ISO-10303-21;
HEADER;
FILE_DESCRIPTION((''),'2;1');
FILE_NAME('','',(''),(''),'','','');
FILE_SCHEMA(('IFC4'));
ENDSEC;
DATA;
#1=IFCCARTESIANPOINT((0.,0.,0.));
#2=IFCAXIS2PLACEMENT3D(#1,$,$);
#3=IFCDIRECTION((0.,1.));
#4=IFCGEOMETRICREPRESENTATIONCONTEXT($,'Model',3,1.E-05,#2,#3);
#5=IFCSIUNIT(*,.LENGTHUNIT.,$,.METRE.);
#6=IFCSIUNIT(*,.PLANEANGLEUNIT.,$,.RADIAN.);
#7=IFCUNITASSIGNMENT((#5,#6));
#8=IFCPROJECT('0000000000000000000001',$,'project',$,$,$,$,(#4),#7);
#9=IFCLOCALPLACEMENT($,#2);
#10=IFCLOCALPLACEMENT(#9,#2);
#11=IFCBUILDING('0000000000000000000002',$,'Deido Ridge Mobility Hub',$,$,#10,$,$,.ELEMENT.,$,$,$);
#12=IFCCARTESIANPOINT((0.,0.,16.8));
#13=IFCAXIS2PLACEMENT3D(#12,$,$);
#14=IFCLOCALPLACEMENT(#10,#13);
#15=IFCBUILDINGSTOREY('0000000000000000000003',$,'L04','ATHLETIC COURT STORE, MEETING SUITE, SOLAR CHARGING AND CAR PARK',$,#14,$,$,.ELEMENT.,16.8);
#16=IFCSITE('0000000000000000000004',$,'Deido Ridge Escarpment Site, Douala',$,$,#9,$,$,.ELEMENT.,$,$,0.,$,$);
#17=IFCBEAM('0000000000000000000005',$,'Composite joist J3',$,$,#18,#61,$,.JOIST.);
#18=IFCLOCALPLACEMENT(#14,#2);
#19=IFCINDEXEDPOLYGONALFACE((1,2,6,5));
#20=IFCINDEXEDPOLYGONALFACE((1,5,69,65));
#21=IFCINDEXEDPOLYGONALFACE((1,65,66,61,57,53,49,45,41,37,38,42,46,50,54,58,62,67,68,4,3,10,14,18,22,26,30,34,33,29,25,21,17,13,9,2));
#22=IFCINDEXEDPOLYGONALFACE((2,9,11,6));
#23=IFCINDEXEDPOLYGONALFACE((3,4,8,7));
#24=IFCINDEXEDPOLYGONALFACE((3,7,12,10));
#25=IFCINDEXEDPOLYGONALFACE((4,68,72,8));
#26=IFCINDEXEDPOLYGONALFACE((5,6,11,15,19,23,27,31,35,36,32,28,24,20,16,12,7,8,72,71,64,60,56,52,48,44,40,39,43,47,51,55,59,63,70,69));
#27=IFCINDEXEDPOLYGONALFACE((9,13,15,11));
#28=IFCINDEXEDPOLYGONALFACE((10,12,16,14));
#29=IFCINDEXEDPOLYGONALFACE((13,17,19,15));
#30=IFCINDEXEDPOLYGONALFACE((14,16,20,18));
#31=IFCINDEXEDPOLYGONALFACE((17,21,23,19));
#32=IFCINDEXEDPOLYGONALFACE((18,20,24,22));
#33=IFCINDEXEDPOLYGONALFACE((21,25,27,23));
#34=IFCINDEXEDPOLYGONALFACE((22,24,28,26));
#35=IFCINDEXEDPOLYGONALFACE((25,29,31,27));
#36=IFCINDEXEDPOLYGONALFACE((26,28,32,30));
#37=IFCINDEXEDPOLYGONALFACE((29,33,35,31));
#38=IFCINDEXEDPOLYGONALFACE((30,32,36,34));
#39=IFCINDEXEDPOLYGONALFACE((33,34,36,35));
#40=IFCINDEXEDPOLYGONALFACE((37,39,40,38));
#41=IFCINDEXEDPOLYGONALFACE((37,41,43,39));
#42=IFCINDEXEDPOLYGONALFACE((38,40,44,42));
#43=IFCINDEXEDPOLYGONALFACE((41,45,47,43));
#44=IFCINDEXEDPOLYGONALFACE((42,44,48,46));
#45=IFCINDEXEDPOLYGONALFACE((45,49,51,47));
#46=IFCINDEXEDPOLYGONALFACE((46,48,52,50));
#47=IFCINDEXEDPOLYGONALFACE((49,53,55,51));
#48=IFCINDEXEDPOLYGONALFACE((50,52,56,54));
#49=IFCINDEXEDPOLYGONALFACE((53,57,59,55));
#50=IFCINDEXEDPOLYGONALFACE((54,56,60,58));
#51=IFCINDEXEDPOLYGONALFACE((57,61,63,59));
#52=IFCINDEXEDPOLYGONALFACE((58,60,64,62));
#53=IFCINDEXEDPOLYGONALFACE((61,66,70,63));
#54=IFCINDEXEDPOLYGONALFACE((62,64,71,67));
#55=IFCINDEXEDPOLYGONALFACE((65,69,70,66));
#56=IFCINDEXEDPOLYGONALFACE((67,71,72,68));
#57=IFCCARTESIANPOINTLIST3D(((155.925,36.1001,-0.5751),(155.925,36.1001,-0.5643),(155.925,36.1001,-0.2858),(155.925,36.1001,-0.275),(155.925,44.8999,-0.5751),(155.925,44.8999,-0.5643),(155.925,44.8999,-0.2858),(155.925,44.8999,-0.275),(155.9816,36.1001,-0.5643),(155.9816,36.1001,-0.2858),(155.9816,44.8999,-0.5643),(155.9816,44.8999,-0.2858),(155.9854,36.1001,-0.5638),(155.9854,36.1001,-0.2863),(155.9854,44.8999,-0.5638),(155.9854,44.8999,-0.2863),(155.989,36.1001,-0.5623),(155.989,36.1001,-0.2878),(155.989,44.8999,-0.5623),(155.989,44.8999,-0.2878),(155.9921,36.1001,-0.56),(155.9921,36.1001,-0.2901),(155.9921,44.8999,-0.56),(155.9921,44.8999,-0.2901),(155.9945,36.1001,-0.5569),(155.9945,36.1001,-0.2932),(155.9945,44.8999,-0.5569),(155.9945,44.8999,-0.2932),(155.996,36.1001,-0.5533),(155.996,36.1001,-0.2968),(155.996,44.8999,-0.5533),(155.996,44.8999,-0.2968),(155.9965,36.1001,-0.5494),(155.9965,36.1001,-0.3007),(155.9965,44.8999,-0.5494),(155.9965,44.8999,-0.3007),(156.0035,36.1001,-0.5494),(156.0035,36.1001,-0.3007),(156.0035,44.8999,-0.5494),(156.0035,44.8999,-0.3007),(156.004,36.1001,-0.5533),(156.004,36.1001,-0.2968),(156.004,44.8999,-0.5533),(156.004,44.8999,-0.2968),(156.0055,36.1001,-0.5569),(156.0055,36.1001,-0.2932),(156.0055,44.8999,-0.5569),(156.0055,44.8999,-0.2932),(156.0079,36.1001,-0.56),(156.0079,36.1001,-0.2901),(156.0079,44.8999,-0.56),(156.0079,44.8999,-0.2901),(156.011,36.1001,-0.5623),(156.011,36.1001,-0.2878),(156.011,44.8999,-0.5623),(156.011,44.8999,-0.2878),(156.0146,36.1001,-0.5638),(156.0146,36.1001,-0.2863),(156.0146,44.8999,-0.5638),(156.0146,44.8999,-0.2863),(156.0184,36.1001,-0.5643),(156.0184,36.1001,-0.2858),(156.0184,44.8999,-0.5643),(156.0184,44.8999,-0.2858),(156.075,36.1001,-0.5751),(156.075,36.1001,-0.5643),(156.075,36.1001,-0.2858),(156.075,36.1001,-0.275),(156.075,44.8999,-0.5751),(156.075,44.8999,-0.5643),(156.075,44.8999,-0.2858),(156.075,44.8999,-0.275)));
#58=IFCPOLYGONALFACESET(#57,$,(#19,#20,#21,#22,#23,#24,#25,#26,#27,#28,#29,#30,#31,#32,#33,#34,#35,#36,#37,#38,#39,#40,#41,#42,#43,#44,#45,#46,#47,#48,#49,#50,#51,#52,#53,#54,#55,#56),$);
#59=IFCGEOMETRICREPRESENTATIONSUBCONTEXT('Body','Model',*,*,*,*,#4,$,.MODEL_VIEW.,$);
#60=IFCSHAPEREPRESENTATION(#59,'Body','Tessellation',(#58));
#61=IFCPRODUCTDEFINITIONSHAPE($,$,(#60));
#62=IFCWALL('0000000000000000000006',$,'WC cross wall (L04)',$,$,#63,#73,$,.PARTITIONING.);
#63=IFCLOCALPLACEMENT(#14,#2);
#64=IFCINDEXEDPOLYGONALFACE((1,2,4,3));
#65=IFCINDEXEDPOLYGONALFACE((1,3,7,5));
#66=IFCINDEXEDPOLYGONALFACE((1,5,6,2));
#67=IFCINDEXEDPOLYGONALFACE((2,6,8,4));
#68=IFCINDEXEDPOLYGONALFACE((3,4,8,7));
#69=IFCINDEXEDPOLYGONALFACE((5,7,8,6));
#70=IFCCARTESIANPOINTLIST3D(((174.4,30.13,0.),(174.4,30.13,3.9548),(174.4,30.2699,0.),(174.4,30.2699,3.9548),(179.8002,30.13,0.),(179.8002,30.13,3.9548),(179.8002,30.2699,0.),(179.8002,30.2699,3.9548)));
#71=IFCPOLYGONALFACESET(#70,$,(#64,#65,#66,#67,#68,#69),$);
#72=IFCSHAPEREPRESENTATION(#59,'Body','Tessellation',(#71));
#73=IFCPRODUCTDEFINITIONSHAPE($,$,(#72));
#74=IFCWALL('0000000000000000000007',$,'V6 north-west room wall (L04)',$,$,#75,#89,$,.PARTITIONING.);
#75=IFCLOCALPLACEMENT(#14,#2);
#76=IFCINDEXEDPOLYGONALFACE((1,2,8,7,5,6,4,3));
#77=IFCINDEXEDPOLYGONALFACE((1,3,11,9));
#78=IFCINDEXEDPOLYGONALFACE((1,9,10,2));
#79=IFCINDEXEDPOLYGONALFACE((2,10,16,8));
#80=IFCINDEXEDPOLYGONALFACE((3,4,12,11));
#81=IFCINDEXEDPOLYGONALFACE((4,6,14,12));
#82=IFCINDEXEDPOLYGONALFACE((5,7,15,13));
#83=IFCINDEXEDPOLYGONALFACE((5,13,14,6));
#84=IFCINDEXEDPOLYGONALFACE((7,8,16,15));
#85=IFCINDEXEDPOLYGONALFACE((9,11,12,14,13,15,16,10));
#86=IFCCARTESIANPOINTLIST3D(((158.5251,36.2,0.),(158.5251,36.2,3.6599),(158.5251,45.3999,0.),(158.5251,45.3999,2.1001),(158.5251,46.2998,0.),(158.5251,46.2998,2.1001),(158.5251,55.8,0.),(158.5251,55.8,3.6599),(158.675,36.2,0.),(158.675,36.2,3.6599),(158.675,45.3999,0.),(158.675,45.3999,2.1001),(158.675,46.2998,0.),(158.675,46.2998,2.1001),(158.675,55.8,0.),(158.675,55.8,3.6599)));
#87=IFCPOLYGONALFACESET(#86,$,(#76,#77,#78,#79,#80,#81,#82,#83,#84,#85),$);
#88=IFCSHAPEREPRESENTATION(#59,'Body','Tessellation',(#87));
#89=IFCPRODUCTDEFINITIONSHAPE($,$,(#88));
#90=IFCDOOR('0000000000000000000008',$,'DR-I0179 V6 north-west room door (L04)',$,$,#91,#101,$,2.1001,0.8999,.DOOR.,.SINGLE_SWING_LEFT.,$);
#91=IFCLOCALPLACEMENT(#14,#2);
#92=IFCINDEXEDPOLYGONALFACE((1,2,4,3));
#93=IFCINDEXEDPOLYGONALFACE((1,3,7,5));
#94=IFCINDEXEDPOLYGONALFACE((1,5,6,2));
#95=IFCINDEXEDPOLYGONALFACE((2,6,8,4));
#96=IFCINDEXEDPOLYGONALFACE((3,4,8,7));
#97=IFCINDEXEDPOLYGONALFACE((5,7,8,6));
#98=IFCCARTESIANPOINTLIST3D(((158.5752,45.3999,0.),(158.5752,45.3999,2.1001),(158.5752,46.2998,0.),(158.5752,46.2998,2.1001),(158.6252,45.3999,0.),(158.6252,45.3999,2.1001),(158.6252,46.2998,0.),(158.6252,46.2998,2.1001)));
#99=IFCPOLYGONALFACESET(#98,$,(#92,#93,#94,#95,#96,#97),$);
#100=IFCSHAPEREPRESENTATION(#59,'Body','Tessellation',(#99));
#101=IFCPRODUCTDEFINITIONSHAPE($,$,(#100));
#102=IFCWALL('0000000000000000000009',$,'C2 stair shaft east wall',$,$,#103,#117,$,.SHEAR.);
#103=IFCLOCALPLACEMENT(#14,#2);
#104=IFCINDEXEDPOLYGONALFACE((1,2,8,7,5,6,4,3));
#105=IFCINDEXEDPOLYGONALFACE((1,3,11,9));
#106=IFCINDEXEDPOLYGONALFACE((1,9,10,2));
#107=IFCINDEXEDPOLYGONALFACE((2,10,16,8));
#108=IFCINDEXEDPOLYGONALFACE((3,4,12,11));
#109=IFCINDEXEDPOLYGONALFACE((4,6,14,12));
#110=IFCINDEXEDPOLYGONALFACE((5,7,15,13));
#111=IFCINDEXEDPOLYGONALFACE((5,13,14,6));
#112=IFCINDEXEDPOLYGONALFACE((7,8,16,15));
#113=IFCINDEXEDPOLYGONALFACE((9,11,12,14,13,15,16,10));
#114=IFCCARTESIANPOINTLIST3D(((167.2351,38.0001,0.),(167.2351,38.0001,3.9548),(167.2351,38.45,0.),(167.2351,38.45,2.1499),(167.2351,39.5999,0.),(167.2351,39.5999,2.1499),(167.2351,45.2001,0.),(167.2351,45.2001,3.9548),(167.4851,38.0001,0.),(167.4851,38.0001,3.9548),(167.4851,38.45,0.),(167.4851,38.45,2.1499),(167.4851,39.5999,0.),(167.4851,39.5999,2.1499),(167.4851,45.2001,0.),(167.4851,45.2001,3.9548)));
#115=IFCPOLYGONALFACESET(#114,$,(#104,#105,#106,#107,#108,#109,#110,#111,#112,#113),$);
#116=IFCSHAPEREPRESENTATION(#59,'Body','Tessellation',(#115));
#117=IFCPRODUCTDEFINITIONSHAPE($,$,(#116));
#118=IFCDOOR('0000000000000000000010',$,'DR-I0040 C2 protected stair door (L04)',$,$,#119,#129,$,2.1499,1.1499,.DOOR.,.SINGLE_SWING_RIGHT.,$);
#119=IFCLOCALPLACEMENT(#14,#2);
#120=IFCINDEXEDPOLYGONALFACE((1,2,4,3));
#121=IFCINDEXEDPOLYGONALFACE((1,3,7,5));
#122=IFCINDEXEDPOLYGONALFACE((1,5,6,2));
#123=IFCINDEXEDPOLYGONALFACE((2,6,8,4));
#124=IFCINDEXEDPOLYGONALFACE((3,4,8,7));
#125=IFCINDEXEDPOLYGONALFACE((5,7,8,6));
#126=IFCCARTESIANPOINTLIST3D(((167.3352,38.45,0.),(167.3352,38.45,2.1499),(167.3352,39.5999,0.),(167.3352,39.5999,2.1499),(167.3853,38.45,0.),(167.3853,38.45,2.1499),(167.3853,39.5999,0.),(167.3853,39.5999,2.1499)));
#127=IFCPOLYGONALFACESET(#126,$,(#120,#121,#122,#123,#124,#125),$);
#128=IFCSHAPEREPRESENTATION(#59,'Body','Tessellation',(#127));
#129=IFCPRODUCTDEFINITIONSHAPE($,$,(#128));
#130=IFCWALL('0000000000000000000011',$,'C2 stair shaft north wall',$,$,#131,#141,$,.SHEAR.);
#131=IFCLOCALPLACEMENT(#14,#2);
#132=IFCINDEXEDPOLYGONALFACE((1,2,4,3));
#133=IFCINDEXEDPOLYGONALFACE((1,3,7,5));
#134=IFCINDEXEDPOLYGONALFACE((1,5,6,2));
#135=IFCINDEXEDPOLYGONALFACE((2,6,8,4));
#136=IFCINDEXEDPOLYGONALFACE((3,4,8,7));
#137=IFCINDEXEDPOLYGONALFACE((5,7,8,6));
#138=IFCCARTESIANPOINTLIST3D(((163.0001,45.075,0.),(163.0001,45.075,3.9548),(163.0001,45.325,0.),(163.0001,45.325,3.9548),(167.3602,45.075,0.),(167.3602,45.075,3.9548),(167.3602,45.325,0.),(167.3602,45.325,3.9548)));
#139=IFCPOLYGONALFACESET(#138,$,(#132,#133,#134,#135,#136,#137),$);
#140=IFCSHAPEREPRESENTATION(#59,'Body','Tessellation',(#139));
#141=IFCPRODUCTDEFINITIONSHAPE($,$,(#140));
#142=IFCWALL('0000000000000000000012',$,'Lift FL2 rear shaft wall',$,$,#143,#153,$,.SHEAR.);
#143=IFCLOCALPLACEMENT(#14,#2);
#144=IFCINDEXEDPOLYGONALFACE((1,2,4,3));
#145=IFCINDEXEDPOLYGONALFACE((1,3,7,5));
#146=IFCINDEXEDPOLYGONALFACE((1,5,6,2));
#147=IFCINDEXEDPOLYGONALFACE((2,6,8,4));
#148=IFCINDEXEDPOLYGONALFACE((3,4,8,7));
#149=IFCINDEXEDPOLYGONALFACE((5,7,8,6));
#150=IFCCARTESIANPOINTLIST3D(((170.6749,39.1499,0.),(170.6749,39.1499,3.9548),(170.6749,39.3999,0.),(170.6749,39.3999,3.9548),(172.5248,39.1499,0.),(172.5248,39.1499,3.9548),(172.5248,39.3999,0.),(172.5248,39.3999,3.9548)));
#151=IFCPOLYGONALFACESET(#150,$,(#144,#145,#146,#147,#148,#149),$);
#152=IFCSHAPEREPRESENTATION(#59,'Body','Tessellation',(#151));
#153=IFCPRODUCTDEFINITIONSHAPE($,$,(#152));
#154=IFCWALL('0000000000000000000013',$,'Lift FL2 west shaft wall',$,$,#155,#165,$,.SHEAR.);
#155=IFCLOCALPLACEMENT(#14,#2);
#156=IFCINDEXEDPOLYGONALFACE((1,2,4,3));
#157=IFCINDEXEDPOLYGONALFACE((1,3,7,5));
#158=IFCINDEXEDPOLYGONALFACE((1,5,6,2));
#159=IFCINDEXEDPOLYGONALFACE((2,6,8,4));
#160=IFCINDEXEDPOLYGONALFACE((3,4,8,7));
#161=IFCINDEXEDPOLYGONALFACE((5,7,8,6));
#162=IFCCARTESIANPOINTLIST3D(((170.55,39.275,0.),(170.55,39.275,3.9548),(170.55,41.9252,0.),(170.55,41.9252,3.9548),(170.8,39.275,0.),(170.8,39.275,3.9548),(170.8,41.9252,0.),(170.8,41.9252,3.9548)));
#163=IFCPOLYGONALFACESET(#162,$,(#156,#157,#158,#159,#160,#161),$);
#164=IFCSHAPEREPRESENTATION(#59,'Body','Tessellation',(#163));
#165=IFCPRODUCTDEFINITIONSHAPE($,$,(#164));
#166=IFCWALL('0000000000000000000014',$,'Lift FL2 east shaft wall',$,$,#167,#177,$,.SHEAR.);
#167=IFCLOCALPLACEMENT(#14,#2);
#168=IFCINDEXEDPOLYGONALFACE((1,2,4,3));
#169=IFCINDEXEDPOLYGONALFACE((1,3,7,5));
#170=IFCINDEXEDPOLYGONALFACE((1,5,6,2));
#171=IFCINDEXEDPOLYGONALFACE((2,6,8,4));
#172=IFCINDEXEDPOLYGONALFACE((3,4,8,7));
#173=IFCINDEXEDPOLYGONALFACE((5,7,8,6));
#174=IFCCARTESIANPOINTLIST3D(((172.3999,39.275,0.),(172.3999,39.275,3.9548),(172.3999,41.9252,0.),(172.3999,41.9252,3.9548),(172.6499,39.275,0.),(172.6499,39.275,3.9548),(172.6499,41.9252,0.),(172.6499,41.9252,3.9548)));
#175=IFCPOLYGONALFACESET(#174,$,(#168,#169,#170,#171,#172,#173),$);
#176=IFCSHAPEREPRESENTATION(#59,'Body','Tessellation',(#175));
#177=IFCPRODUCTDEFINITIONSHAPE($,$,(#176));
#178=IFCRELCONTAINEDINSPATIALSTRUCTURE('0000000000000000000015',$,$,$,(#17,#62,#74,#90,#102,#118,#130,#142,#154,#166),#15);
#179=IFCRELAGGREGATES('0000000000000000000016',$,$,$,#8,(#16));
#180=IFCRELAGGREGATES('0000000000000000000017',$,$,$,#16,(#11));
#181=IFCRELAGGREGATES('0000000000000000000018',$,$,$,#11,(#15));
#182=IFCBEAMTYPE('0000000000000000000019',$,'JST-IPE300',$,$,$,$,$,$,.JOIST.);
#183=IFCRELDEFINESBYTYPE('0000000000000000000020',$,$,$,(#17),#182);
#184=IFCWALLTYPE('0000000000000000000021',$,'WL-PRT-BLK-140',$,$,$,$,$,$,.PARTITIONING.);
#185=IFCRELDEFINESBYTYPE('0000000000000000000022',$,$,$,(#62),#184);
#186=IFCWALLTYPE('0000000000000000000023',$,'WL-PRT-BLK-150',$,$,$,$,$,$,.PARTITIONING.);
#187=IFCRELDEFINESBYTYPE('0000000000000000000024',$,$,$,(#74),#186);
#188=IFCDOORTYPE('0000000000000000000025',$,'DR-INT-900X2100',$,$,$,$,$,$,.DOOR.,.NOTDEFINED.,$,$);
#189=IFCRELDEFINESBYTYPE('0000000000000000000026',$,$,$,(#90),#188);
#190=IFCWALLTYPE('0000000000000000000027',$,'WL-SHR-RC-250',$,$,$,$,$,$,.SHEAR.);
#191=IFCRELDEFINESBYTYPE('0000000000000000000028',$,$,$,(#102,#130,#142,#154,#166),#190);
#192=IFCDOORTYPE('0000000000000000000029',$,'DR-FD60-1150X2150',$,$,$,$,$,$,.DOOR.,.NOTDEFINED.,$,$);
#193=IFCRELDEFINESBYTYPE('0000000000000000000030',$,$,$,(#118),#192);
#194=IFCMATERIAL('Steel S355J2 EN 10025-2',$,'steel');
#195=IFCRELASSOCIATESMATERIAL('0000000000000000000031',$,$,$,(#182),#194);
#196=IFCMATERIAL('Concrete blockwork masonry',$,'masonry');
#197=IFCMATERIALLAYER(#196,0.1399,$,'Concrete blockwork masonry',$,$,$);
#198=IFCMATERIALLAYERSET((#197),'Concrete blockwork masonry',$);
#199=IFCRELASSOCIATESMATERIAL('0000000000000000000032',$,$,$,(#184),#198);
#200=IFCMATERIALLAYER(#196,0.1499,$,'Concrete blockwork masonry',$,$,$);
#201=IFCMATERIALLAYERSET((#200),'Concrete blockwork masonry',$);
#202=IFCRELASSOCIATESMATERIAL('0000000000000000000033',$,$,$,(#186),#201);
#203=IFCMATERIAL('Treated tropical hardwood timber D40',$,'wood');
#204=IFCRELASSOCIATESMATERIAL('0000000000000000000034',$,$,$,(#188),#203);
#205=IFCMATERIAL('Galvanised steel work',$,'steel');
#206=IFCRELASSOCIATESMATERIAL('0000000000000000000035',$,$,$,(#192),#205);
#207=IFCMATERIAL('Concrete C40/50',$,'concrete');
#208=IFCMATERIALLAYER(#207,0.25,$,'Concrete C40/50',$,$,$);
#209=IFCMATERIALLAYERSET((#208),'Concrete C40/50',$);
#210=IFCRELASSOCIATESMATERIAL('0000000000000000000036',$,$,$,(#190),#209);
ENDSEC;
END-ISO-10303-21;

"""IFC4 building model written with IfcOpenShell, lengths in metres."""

from ifc_helpers import new_model, si_unit, direction, frame, frame_2d, origin, origin_2d, place, context, subcontext, project, spatial, rectangle, i_section, extrude, material, layer, layer_set, material_profile, profile_set, type_object, element, fill, save


model = new_model("IFC4")

# Units and contexts
model_context = context("Model", 3, precision=1e-05, world=origin(), true_north=direction((0.0, 1.0)))
body_context = subcontext(model_context, "Body", "Model", "MODEL_VIEW")
ifc_project = project(units=[si_unit("LENGTHUNIT", "METRE"), si_unit("PLANEANGLEUNIT", "RADIAN")], contexts=[model_context])

# Site, building, storey
site_placement = place(None, origin())
site = spatial("IfcSite", under=ifc_project, at=site_placement, Name="Deido Ridge Escarpment Site, Douala", CompositionType="ELEMENT", RefElevation=0.0)
building_placement = place(site_placement, origin())
building = spatial("IfcBuilding", under=site, at=building_placement, Name="Deido Ridge Mobility Hub", CompositionType="ELEMENT")
storey_placement = place(building_placement, frame((0.0, 0.0, 16.8)))
storey = spatial("IfcBuildingStorey", under=building, at=storey_placement, Name="L04", Description="ATHLETIC COURT STORE, MEETING SUITE, SOLAR CHARGING AND CAR PARK", CompositionType="ELEMENT", Elevation=16.8)

# Shared definitions
ifc_material_1 = material(Name="Steel S355J2 EN 10025-2", Category="steel")

# Beam
ifc_material_profile_1 = material_profile(ifc_material_1, i_section(OverallWidth=0.1499, OverallDepth=0.3, WebThickness=0.0071, FlangeThickness=0.0107, FilletRadius=0.0149, at=origin_2d()), Name="IPE 300")
ifc_profile_set_1 = profile_set([ifc_material_profile_1], Name="Steel S355J2 EN 10025-2")
beam_type_1 = type_object("IfcBeamType", Name="JST-IPE300", PredefinedType="JOIST", material=ifc_profile_set_1)
beam_1_placement = place(storey_placement, frame((156.0, 36.1001, -0.425), z_axis=(0.0, 1.0, 0.0), x_axis=(-1.0, 0.0, 0.0)))
element("IfcBeam", 1, at=beam_1_placement, inside=storey, type_object=beam_type_1, Name="Composite joist J3", PredefinedType="JOIST", context=body_context, shape_type="SweptSolid", body=[
    extrude(i_section(OverallWidth=0.1499, OverallDepth=0.3, WebThickness=0.0071, FlangeThickness=0.0107, FilletRadius=0.0149, at=origin_2d()), origin(), (0.0, 0.0, 1.0), 8.7998),
])

# Wall
ifc_material_2 = material(Name="Concrete blockwork masonry", Category="masonry")
ifc_layer_1 = layer(ifc_material_2, 0.1399, Name="Concrete blockwork masonry")
ifc_layer_set_1 = layer_set([ifc_layer_1], Name="Concrete blockwork masonry")
wall_type_1 = type_object("IfcWallType", Name="WL-PRT-BLK-140", PredefinedType="PARTITIONING", material=ifc_layer_set_1)
wall_1_placement = place(storey_placement, frame((174.3999, 30.2, 0.0), z_axis=(0.0, 0.0, 1.0), x_axis=(1.0, 0.0, 0.0)))
element("IfcWall", 2, at=wall_1_placement, inside=storey, type_object=wall_type_1, Name="WC cross wall (L04)", PredefinedType="PARTITIONING", context=body_context, shape_type="SweptSolid", body=[
    extrude(rectangle(XDim=5.4001, YDim=0.1399, at=frame_2d((2.7002, 0.0))), origin(), (0.0, 0.0, 1.0), 3.9548),
])

# Walls, openings, doors
ifc_layer_2 = layer(ifc_material_2, 0.1499, Name="Concrete blockwork masonry")
ifc_layer_set_2 = layer_set([ifc_layer_2], Name="Concrete blockwork masonry")
wall_type_2 = type_object("IfcWallType", Name="WL-PRT-BLK-150", PredefinedType="PARTITIONING", material=ifc_layer_set_2)
wall_2_placement = place(storey_placement, frame((158.6001, 36.2, 0.0), z_axis=(0.0, 0.0, 1.0), x_axis=(0.0, 1.0, 0.0)))
wall_2 = element("IfcWall", 3, at=wall_2_placement, inside=storey, type_object=wall_type_2, Name="V6 north-west room wall (L04)", PredefinedType="PARTITIONING", context=body_context, shape_type="SweptSolid", body=[
    extrude(rectangle(XDim=19.6001, YDim=0.1499, at=frame_2d((9.8, 0.0))), origin(), (0.0, 0.0, 1.0), 3.6599),
])
opening_1_placement = place(wall_2_placement, frame((9.2, 0.0, 0.0)))
opening_1 = element("IfcOpeningElement", 4, at=opening_1_placement, cuts=wall_2, PredefinedType="OPENING", context=body_context, shape_type="SweptSolid", body=[
    extrude(rectangle(XDim=0.8999, YDim=2.1001, at=frame_2d((0.45, 1.05))), frame((0.0, 0.085, 0.0), z_axis=(0.0, -1.0, 0.0), x_axis=(1.0, 0.0, 0.0)), (0.0, 0.0, 1.0), 0.1699),
])
ifc_material_3 = material(Name="Treated tropical hardwood timber D40", Category="wood")
door_type_1 = type_object("IfcDoorType", Name="DR-INT-900X2100", OperationType="NOTDEFINED", PredefinedType="DOOR", material=ifc_material_3)
door_1_placement = place(opening_1_placement, origin())
door_1 = element("IfcDoor", 5, at=door_1_placement, inside=storey, type_object=door_type_1, Name="DR-I0179 V6 north-west room door (L04)", OperationType="SINGLE_SWING_LEFT", OverallHeight=2.1001, OverallWidth=0.8999, PredefinedType="DOOR", context=body_context, shape_type="SweptSolid", body=[
    extrude(rectangle(XDim=0.8999, YDim=2.1001, at=frame_2d((0.45, 1.05))), frame((0.0, 0.0249, 0.0), z_axis=(0.0, -1.0, 0.0), x_axis=(1.0, 0.0, 0.0)), (0.0, 0.0, 1.0), 0.05),
])
fill(opening_1, door_1)
ifc_material_4 = material(Name="Galvanised steel work", Category="steel")
door_type_2 = type_object("IfcDoorType", Name="DR-FD60-1150X2150", OperationType="NOTDEFINED", PredefinedType="DOOR", material=ifc_material_4)
ifc_material_5 = material(Name="Concrete C40/50", Category="concrete")
ifc_layer_3 = layer(ifc_material_5, 0.25, Name="Concrete C40/50")
ifc_layer_set_3 = layer_set([ifc_layer_3], Name="Concrete C40/50")
wall_type_3 = type_object("IfcWallType", Name="WL-SHR-RC-250", PredefinedType="SHEAR", material=ifc_layer_set_3)
wall_3_placement = place(storey_placement, frame((167.3601, 38.0, 0.0), z_axis=(0.0, 0.0, 1.0), x_axis=(0.0, 1.0, 0.0)))
wall_3 = element("IfcWall", 6, at=wall_3_placement, inside=storey, type_object=wall_type_3, Name="C2 stair shaft east wall", PredefinedType="SHEAR", context=body_context, shape_type="SweptSolid", body=[
    extrude(rectangle(XDim=7.2, YDim=0.25, at=frame_2d((3.6001, 0.0))), origin(), (0.0, 0.0, 1.0), 3.9548),
])
opening_2_placement = place(wall_3_placement, frame((0.45, 0.0, 0.0)))
opening_2 = element("IfcOpeningElement", 7, at=opening_2_placement, cuts=wall_3, PredefinedType="OPENING", context=body_context, shape_type="SweptSolid", body=[
    extrude(rectangle(XDim=1.1499, YDim=2.1499, at=frame_2d((0.575, 1.075))), frame((0.0, 0.135, 0.0), z_axis=(0.0, -1.0, 0.0), x_axis=(1.0, 0.0, 0.0)), (0.0, 0.0, 1.0), 0.27),
])
door_2_placement = place(opening_2_placement, origin())
door_2 = element("IfcDoor", 8, at=door_2_placement, inside=storey, type_object=door_type_2, Name="DR-I0040 C2 protected stair door (L04)", OperationType="SINGLE_SWING_RIGHT", OverallHeight=2.1499, OverallWidth=1.1499, PredefinedType="DOOR", context=body_context, shape_type="SweptSolid", body=[
    extrude(rectangle(XDim=1.1499, YDim=2.1499, at=frame_2d((0.575, 1.075))), frame((0.0, 0.0249, 0.0), z_axis=(0.0, -1.0, 0.0), x_axis=(1.0, 0.0, 0.0)), (0.0, 0.0, 1.0), 0.05),
])
fill(opening_2, door_2)

# Walls
wall_4_placement = place(storey_placement, frame((163.0, 45.2, 0.0), z_axis=(0.0, 0.0, 1.0), x_axis=(1.0, 0.0, 0.0)))
element("IfcWall", 9, at=wall_4_placement, inside=storey, type_object=wall_type_3, Name="C2 stair shaft north wall", PredefinedType="SHEAR", context=body_context, shape_type="SweptSolid", body=[
    extrude(rectangle(XDim=4.3601, YDim=0.25, at=frame_2d((2.1802, 0.0))), origin(), (0.0, 0.0, 1.0), 3.9548),
])
wall_5_placement = place(storey_placement, frame((170.675, 39.2749, 0.0), z_axis=(0.0, 0.0, 1.0), x_axis=(1.0, 0.0, 0.0)))
element("IfcWall", 10, at=wall_5_placement, inside=storey, type_object=wall_type_3, Name="Lift FL2 rear shaft wall", PredefinedType="SHEAR", context=body_context, shape_type="SweptSolid", body=[
    extrude(rectangle(XDim=1.8499, YDim=0.25, at=frame_2d((0.9248, 0.0))), origin(), (0.0, 0.0, 1.0), 3.9548),
])
for number, where, z_axis, x_axis, name in (
    (11, (170.675, 39.2749, 0.0), (0.0, 0.0, 1.0), (0.0, 1.0, 0.0), "Lift FL2 west shaft wall"),
    (12, (172.5249, 39.2749, 0.0), (0.0, 0.0, 1.0), (0.0, 1.0, 0.0), "Lift FL2 east shaft wall"),
):
    element("IfcWall", number, at=place(storey_placement, frame(where, z_axis=z_axis, x_axis=x_axis)), inside=storey, type_object=wall_type_3, Name=name, PredefinedType="SHEAR", context=body_context, shape_type="SweptSolid", body=[
        extrude(rectangle(XDim=2.6501, YDim=0.25, at=frame_2d((1.3252, 0.0))), origin(), (0.0, 0.0, 1.0), 3.9548),
    ])

save(model, "model.ifc")
